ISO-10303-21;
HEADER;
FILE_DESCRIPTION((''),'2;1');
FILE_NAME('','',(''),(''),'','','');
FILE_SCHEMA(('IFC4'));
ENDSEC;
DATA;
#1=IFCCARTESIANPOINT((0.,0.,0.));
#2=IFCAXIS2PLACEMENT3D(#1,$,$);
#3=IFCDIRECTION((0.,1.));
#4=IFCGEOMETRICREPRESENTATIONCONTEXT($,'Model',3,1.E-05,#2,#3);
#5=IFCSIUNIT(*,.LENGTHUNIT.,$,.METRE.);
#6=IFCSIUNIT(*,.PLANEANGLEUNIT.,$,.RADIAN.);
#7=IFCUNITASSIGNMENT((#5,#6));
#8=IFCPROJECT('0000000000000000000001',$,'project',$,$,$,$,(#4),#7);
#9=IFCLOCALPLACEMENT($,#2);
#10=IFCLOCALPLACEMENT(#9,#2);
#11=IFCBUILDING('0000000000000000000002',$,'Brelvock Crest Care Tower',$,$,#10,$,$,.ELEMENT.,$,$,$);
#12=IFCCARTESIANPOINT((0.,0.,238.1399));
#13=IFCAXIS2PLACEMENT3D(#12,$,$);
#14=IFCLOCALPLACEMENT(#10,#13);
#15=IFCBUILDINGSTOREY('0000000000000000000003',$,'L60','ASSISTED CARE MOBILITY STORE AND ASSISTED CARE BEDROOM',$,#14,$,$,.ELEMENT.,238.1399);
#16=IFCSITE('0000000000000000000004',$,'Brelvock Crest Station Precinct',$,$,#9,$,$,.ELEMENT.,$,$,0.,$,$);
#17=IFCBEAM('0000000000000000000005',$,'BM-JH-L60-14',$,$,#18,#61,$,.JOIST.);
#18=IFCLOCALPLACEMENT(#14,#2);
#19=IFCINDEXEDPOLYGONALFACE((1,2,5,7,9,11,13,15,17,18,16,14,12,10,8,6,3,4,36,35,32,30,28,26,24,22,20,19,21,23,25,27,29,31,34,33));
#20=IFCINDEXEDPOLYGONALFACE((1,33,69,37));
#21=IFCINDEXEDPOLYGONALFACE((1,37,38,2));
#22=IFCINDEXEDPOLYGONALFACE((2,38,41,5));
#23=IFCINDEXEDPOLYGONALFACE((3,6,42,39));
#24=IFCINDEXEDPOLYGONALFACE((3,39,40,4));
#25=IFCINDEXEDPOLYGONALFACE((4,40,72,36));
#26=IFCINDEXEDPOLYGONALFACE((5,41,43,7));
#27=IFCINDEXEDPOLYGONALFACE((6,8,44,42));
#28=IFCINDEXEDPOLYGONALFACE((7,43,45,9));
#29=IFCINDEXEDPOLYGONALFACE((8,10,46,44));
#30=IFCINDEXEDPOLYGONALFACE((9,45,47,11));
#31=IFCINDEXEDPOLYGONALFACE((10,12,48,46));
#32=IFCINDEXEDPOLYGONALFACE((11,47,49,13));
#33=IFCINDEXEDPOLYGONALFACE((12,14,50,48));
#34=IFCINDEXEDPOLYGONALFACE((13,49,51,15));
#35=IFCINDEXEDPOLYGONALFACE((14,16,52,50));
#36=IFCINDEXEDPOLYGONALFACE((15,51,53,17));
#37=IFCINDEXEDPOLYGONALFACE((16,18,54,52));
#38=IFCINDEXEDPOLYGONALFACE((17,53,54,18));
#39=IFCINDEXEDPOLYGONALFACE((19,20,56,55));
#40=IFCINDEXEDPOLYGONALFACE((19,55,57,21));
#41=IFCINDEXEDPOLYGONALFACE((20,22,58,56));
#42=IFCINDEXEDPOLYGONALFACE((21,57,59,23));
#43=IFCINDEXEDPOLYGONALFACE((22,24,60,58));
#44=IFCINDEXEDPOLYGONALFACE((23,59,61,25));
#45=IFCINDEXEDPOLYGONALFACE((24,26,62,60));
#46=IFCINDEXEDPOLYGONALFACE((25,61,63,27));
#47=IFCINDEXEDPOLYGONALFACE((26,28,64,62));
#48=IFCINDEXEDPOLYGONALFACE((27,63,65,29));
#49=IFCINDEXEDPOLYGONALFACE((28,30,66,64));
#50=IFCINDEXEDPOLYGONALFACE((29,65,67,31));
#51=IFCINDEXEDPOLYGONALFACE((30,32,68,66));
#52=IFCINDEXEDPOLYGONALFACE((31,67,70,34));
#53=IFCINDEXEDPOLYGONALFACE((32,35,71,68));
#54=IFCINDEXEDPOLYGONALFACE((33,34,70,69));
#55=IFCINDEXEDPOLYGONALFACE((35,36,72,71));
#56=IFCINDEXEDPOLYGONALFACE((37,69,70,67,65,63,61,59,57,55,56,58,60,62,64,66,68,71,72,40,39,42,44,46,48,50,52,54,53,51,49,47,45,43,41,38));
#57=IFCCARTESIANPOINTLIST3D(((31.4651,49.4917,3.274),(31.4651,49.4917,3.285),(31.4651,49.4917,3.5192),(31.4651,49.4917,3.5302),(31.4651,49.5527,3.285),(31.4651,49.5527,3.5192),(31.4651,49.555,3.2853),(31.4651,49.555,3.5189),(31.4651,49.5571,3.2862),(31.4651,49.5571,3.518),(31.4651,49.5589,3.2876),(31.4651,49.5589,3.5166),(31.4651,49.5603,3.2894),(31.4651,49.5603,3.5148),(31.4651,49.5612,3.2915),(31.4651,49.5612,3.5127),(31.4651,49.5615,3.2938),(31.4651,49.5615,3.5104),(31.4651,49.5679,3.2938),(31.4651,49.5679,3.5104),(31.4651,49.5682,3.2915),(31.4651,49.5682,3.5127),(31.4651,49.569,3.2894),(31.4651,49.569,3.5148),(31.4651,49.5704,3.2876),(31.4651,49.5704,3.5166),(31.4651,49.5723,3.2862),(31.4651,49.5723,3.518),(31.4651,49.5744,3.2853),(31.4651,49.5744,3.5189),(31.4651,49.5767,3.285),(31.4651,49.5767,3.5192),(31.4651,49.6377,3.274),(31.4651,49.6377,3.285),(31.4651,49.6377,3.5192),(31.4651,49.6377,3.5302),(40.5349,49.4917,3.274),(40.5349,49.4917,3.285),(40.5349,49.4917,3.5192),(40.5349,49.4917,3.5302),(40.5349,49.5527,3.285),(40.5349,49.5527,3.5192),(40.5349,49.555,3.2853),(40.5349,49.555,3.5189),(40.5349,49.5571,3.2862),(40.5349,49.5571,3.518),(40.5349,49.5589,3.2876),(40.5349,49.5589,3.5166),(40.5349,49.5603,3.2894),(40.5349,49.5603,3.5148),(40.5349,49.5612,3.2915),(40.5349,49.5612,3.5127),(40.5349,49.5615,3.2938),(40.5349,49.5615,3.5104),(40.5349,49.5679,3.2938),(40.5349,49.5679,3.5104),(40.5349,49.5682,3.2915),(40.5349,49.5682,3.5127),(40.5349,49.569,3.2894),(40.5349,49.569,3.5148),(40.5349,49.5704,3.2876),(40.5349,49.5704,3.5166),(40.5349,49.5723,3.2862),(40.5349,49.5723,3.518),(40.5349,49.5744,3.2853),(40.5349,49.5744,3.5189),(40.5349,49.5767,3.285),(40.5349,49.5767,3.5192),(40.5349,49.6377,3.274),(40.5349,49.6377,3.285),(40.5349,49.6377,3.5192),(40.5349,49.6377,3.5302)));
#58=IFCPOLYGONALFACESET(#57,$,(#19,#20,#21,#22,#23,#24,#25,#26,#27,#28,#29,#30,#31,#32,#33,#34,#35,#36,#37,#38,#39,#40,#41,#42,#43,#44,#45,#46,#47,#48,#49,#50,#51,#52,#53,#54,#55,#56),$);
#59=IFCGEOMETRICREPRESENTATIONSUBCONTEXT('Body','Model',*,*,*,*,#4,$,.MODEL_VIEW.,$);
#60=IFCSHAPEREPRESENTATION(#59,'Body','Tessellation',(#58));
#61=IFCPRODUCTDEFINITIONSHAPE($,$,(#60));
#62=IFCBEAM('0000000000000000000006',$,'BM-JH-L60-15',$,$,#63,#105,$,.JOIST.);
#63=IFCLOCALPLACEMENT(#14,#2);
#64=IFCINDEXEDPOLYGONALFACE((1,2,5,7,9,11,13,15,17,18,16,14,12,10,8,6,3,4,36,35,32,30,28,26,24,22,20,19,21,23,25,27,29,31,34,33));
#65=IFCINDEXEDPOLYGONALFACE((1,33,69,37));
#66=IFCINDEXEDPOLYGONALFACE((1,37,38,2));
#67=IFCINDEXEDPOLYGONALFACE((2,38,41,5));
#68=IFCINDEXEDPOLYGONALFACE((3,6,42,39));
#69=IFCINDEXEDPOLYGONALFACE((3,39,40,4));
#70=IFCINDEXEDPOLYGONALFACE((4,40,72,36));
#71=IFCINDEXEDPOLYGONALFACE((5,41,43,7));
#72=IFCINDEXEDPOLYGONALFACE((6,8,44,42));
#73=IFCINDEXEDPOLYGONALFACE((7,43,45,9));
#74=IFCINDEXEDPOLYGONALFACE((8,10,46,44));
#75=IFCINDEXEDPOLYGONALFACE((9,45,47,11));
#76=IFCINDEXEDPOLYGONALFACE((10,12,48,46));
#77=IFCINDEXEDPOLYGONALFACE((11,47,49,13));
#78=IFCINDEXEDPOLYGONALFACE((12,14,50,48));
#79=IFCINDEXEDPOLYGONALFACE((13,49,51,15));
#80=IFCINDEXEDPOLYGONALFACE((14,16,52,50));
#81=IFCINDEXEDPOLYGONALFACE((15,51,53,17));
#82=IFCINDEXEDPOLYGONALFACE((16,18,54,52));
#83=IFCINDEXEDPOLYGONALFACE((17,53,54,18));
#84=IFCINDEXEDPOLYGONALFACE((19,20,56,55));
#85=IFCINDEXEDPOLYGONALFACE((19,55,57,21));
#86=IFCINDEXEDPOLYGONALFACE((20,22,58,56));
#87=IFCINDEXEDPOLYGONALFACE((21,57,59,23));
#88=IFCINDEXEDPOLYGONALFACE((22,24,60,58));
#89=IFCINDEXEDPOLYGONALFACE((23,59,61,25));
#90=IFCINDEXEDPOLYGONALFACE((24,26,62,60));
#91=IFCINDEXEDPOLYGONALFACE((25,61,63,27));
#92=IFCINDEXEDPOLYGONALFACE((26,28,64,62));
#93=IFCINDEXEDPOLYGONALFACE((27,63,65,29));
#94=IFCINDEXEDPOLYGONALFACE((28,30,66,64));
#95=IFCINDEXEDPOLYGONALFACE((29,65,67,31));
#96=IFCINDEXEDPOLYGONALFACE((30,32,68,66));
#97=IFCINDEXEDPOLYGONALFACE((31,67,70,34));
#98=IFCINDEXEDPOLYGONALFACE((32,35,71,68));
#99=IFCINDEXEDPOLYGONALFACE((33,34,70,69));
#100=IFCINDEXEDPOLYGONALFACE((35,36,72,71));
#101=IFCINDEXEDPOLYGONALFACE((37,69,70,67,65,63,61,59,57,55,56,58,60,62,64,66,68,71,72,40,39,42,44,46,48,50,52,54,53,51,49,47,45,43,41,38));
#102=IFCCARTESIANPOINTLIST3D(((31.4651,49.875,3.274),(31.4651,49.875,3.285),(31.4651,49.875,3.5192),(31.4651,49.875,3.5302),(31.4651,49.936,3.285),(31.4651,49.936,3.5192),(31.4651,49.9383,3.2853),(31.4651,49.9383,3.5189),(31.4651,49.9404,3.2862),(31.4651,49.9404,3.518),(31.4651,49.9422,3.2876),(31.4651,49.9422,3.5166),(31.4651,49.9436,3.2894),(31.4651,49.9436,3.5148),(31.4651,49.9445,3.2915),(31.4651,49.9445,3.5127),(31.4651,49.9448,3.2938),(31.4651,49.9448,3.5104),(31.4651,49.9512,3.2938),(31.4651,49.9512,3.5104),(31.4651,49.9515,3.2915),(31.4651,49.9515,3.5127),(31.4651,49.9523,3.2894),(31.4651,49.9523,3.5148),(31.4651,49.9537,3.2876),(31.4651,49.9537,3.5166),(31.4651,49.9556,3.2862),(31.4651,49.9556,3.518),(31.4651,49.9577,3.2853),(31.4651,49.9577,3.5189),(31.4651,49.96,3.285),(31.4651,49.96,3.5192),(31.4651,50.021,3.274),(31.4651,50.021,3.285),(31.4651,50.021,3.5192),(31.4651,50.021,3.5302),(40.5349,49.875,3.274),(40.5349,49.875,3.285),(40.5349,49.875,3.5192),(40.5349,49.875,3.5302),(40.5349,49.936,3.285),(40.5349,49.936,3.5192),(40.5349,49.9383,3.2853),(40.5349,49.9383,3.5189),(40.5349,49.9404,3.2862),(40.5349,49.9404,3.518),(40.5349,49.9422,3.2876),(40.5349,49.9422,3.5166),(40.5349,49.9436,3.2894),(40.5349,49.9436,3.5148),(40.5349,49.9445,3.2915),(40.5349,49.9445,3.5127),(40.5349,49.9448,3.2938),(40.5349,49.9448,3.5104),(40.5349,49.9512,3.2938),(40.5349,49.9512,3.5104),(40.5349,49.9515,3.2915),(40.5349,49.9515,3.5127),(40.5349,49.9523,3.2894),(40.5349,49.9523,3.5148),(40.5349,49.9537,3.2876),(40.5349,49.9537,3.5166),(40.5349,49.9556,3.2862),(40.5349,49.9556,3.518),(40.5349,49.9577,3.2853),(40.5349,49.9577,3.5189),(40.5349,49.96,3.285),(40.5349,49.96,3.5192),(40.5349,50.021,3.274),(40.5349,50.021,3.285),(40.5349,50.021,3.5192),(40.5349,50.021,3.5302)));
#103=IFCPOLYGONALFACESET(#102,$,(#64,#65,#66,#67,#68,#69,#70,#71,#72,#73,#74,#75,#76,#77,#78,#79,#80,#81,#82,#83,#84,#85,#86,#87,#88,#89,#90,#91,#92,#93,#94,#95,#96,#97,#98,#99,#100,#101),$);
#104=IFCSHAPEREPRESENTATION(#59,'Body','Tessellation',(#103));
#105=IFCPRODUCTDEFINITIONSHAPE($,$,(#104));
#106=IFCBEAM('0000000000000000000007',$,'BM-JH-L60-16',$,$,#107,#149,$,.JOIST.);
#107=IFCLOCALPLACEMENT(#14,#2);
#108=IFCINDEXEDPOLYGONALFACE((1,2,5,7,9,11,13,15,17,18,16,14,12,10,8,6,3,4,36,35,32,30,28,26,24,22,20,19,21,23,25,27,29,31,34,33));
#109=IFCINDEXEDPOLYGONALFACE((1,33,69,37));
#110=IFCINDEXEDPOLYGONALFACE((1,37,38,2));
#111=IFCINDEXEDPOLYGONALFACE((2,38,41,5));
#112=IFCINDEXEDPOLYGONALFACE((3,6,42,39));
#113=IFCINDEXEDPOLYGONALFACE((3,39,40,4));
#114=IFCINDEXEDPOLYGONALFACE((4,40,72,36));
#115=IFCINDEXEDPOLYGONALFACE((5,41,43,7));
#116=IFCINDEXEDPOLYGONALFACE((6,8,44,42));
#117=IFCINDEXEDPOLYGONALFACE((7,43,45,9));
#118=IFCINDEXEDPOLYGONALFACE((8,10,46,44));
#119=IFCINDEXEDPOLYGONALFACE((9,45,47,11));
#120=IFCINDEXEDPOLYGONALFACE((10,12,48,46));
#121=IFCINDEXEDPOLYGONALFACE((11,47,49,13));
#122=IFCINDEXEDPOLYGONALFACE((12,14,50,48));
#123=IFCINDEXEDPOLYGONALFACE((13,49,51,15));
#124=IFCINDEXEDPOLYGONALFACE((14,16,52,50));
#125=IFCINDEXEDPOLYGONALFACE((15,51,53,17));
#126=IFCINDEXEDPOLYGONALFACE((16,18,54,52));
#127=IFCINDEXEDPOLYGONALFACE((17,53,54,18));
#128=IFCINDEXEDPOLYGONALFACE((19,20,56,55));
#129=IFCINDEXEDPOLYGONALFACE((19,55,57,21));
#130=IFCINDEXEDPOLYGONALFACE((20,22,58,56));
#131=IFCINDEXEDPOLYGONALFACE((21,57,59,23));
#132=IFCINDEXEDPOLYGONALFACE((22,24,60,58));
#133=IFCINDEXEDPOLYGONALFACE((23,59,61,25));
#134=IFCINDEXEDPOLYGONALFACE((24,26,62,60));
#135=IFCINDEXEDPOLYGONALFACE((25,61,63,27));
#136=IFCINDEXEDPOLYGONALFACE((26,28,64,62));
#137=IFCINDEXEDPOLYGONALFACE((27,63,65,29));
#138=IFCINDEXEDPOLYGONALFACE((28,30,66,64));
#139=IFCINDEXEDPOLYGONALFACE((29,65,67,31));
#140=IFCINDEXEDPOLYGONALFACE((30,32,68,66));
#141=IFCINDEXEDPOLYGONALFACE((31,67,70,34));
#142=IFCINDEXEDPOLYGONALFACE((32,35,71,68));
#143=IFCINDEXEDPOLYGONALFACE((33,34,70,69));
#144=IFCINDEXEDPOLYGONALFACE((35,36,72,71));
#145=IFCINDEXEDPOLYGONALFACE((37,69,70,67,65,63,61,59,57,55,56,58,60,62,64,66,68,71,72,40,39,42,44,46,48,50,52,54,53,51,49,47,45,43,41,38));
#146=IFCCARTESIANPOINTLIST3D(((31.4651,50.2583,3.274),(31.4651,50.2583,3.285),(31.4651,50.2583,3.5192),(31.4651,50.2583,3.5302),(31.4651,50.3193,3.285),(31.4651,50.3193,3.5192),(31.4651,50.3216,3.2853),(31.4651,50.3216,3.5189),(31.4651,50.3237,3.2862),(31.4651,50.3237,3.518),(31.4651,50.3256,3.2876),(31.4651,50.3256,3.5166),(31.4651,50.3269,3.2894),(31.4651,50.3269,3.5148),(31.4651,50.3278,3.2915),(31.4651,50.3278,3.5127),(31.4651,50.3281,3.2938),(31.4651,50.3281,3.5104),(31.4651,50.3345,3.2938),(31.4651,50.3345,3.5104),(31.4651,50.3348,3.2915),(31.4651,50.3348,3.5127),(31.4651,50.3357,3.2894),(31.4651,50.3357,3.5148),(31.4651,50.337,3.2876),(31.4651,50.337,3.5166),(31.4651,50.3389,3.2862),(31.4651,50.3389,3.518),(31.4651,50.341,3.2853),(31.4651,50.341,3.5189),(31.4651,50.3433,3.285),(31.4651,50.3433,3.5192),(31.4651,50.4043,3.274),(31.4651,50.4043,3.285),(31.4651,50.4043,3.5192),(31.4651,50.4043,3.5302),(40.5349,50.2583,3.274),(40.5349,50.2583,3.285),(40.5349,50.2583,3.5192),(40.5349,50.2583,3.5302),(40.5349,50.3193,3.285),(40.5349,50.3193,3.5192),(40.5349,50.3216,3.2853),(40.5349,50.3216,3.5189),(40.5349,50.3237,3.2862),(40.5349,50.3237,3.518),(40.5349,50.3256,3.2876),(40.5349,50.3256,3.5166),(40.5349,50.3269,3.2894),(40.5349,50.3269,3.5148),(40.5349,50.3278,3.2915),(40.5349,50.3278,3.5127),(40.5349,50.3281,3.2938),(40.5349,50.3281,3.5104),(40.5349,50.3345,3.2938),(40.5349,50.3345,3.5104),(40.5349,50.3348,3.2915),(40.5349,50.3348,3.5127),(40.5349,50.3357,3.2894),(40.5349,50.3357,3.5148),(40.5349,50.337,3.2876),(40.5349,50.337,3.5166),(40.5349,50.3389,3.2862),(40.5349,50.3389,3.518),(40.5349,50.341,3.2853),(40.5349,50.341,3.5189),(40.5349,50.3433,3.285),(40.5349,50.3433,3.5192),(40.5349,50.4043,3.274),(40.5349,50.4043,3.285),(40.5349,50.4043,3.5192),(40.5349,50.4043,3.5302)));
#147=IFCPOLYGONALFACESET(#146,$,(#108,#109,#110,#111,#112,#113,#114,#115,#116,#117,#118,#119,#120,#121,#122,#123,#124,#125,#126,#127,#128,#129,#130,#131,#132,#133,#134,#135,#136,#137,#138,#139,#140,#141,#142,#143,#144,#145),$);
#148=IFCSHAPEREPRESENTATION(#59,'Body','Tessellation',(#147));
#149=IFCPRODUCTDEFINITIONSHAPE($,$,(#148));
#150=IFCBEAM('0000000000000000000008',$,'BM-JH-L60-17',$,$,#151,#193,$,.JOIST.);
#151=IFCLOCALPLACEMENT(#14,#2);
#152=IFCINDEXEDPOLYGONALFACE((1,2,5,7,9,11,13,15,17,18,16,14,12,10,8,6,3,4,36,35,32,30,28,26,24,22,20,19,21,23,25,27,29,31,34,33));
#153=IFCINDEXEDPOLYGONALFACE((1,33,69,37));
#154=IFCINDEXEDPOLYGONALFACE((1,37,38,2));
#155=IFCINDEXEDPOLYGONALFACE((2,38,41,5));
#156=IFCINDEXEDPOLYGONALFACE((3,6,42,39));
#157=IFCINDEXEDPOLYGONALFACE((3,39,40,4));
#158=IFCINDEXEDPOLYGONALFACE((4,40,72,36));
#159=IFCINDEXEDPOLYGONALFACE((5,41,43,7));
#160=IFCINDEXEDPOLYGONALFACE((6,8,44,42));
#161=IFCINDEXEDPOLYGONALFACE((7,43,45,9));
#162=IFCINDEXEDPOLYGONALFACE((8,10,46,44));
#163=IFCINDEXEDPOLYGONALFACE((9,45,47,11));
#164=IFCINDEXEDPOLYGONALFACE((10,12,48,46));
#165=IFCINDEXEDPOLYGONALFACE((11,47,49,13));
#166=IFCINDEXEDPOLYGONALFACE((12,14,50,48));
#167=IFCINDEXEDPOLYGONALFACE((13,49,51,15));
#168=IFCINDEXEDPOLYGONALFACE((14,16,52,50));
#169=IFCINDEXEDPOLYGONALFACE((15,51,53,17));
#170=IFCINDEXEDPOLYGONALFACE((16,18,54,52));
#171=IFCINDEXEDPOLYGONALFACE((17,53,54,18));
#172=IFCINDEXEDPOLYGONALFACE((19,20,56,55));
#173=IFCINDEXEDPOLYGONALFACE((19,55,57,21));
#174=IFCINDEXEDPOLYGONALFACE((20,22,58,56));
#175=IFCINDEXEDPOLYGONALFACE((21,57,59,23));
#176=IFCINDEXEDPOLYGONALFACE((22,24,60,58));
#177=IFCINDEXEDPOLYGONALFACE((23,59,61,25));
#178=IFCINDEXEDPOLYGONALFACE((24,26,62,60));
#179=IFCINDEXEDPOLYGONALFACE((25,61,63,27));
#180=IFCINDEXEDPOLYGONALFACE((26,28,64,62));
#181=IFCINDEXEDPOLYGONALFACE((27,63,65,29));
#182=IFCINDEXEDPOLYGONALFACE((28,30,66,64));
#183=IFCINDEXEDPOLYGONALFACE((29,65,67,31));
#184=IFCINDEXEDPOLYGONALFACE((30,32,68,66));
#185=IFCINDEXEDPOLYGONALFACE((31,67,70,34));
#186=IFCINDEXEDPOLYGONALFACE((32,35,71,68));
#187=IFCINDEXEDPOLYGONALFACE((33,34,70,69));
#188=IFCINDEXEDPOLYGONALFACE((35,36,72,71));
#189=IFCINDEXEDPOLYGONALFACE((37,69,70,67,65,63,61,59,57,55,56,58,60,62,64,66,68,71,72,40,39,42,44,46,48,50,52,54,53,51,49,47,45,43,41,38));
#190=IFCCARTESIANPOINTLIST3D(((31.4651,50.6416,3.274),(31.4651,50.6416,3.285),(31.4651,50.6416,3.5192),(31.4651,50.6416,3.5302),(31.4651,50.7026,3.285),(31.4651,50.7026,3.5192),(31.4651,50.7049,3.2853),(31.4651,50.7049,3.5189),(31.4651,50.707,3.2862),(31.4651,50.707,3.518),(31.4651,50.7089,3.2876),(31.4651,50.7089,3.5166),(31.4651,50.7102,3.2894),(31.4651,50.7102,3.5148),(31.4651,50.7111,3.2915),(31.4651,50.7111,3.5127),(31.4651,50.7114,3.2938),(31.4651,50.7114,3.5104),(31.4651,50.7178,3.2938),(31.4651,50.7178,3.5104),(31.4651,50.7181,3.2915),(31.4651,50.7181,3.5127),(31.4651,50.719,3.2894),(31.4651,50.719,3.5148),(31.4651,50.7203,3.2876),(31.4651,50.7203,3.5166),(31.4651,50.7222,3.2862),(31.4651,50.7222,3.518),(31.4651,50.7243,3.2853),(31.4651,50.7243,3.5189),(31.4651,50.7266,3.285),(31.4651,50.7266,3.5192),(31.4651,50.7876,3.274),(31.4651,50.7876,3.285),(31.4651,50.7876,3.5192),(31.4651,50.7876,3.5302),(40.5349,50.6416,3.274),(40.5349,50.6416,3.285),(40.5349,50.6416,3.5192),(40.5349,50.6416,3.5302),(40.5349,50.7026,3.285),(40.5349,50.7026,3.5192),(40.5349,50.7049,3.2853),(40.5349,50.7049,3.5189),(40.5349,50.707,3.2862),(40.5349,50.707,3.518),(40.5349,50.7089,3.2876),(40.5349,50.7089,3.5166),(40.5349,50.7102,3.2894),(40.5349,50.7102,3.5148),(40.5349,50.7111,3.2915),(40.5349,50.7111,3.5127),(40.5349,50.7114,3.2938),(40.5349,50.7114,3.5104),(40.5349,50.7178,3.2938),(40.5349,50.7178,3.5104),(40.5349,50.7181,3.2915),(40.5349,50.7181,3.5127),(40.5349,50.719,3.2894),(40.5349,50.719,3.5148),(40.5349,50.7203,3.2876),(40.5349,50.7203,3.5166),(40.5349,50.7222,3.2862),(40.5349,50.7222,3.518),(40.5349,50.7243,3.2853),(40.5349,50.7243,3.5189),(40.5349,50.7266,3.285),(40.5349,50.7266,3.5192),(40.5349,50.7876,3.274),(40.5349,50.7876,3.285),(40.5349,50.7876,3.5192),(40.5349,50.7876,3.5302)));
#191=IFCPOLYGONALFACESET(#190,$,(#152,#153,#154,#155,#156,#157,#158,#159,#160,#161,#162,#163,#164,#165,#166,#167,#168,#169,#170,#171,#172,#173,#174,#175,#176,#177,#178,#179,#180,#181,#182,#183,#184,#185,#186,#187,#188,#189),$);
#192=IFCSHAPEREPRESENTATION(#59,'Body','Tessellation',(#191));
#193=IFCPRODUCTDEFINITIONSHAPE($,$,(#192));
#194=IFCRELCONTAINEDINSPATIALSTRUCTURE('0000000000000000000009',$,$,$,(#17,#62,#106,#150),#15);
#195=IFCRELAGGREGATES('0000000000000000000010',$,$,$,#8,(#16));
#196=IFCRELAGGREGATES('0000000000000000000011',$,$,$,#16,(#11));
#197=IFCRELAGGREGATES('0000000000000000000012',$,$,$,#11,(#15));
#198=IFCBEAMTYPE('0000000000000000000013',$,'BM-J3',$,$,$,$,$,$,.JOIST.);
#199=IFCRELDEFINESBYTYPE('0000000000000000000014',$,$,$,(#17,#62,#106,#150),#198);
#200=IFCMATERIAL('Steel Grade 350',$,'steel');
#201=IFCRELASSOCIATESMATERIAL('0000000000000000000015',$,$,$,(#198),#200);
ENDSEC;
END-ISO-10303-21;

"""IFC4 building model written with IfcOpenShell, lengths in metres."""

from ifc_helpers import new_model, si_unit, direction, frame, origin, origin_2d, place, context, subcontext, project, spatial, i_section, extrude, source, transform, mapped, material, material_profile, profile_set, type_object, element, save


model = new_model("IFC4")

# Units and contexts
model_context = context("Model", 3, precision=1e-05, world=origin(), true_north=direction((0.0, 1.0)))
body_context = subcontext(model_context, "Body", "Model", "MODEL_VIEW")
ifc_project = project(units=[si_unit("LENGTHUNIT", "METRE"), si_unit("PLANEANGLEUNIT", "RADIAN")], contexts=[model_context])

# Site, building, storey
site_placement = place(None, origin())
site = spatial("IfcSite", under=ifc_project, at=site_placement, Name="Brelvock Crest Station Precinct", CompositionType="ELEMENT", RefElevation=0.0)
building_placement = place(site_placement, origin())
building = spatial("IfcBuilding", under=site, at=building_placement, Name="Brelvock Crest Care Tower", CompositionType="ELEMENT")
storey_placement = place(building_placement, frame((0.0, 0.0, 238.1399)))
storey = spatial("IfcBuildingStorey", under=building, at=storey_placement, Name="L60", Description="ASSISTED CARE MOBILITY STORE AND ASSISTED CARE BEDROOM", CompositionType="ELEMENT", Elevation=238.1399)

# Beams
ifc_material_1 = material(Name="Steel Grade 350", Category="steel")
ifc_material_profile_1 = material_profile(ifc_material_1, i_section(OverallWidth=0.146, OverallDepth=0.2561, WebThickness=0.0063, FlangeThickness=0.011, FilletRadius=0.0088, at=origin_2d()), Name="250UB37.3")
ifc_profile_set_1 = profile_set([ifc_material_profile_1], Name="Steel Grade 350")
beam_type_1 = type_object("IfcBeamType", Name="BM-J3", PredefinedType="JOIST", material=ifc_profile_set_1)
shared_shape_1 = source(origin(), body_context, "Body", "SweptSolid", [
    extrude(i_section(OverallWidth=0.146, OverallDepth=0.2561, WebThickness=0.0063, FlangeThickness=0.011, FilletRadius=0.0088, at=origin_2d()), origin(), (0.0, 0.0, 1.0), 9.0698),
])
for number, where, z_axis, x_axis, name in (
    (1, (31.4651, 49.5647, 3.4021), (1.0, 0.0, 0.0), (0.0, 1.0, 0.0), "BM-JH-L60-14"),
    (2, (31.4651, 49.948, 3.4021), (1.0, 0.0, 0.0), (0.0, 1.0, 0.0), "BM-JH-L60-15"),
    (3, (31.4651, 50.3313, 3.4021), (1.0, 0.0, 0.0), (0.0, 1.0, 0.0), "BM-JH-L60-16"),
    (4, (31.4651, 50.7146, 3.4021), (1.0, 0.0, 0.0), (0.0, 1.0, 0.0), "BM-JH-L60-17"),
):
    element("IfcBeam", number, at=place(storey_placement, frame(where, z_axis=z_axis, x_axis=x_axis)), inside=storey, type_object=beam_type_1, Name=name, PredefinedType="JOIST", context=body_context, shape_type="MappedRepresentation", body=[
        mapped(shared_shape_1, transform((0.0, 0.0, 0.0), x_axis=(1.0, 0.0, 0.0), y_axis=(0.0, 1.0, 0.0), z_axis=(0.0, 0.0, 1.0), scale=1.0)),
    ])

save(model, "model.ifc")
